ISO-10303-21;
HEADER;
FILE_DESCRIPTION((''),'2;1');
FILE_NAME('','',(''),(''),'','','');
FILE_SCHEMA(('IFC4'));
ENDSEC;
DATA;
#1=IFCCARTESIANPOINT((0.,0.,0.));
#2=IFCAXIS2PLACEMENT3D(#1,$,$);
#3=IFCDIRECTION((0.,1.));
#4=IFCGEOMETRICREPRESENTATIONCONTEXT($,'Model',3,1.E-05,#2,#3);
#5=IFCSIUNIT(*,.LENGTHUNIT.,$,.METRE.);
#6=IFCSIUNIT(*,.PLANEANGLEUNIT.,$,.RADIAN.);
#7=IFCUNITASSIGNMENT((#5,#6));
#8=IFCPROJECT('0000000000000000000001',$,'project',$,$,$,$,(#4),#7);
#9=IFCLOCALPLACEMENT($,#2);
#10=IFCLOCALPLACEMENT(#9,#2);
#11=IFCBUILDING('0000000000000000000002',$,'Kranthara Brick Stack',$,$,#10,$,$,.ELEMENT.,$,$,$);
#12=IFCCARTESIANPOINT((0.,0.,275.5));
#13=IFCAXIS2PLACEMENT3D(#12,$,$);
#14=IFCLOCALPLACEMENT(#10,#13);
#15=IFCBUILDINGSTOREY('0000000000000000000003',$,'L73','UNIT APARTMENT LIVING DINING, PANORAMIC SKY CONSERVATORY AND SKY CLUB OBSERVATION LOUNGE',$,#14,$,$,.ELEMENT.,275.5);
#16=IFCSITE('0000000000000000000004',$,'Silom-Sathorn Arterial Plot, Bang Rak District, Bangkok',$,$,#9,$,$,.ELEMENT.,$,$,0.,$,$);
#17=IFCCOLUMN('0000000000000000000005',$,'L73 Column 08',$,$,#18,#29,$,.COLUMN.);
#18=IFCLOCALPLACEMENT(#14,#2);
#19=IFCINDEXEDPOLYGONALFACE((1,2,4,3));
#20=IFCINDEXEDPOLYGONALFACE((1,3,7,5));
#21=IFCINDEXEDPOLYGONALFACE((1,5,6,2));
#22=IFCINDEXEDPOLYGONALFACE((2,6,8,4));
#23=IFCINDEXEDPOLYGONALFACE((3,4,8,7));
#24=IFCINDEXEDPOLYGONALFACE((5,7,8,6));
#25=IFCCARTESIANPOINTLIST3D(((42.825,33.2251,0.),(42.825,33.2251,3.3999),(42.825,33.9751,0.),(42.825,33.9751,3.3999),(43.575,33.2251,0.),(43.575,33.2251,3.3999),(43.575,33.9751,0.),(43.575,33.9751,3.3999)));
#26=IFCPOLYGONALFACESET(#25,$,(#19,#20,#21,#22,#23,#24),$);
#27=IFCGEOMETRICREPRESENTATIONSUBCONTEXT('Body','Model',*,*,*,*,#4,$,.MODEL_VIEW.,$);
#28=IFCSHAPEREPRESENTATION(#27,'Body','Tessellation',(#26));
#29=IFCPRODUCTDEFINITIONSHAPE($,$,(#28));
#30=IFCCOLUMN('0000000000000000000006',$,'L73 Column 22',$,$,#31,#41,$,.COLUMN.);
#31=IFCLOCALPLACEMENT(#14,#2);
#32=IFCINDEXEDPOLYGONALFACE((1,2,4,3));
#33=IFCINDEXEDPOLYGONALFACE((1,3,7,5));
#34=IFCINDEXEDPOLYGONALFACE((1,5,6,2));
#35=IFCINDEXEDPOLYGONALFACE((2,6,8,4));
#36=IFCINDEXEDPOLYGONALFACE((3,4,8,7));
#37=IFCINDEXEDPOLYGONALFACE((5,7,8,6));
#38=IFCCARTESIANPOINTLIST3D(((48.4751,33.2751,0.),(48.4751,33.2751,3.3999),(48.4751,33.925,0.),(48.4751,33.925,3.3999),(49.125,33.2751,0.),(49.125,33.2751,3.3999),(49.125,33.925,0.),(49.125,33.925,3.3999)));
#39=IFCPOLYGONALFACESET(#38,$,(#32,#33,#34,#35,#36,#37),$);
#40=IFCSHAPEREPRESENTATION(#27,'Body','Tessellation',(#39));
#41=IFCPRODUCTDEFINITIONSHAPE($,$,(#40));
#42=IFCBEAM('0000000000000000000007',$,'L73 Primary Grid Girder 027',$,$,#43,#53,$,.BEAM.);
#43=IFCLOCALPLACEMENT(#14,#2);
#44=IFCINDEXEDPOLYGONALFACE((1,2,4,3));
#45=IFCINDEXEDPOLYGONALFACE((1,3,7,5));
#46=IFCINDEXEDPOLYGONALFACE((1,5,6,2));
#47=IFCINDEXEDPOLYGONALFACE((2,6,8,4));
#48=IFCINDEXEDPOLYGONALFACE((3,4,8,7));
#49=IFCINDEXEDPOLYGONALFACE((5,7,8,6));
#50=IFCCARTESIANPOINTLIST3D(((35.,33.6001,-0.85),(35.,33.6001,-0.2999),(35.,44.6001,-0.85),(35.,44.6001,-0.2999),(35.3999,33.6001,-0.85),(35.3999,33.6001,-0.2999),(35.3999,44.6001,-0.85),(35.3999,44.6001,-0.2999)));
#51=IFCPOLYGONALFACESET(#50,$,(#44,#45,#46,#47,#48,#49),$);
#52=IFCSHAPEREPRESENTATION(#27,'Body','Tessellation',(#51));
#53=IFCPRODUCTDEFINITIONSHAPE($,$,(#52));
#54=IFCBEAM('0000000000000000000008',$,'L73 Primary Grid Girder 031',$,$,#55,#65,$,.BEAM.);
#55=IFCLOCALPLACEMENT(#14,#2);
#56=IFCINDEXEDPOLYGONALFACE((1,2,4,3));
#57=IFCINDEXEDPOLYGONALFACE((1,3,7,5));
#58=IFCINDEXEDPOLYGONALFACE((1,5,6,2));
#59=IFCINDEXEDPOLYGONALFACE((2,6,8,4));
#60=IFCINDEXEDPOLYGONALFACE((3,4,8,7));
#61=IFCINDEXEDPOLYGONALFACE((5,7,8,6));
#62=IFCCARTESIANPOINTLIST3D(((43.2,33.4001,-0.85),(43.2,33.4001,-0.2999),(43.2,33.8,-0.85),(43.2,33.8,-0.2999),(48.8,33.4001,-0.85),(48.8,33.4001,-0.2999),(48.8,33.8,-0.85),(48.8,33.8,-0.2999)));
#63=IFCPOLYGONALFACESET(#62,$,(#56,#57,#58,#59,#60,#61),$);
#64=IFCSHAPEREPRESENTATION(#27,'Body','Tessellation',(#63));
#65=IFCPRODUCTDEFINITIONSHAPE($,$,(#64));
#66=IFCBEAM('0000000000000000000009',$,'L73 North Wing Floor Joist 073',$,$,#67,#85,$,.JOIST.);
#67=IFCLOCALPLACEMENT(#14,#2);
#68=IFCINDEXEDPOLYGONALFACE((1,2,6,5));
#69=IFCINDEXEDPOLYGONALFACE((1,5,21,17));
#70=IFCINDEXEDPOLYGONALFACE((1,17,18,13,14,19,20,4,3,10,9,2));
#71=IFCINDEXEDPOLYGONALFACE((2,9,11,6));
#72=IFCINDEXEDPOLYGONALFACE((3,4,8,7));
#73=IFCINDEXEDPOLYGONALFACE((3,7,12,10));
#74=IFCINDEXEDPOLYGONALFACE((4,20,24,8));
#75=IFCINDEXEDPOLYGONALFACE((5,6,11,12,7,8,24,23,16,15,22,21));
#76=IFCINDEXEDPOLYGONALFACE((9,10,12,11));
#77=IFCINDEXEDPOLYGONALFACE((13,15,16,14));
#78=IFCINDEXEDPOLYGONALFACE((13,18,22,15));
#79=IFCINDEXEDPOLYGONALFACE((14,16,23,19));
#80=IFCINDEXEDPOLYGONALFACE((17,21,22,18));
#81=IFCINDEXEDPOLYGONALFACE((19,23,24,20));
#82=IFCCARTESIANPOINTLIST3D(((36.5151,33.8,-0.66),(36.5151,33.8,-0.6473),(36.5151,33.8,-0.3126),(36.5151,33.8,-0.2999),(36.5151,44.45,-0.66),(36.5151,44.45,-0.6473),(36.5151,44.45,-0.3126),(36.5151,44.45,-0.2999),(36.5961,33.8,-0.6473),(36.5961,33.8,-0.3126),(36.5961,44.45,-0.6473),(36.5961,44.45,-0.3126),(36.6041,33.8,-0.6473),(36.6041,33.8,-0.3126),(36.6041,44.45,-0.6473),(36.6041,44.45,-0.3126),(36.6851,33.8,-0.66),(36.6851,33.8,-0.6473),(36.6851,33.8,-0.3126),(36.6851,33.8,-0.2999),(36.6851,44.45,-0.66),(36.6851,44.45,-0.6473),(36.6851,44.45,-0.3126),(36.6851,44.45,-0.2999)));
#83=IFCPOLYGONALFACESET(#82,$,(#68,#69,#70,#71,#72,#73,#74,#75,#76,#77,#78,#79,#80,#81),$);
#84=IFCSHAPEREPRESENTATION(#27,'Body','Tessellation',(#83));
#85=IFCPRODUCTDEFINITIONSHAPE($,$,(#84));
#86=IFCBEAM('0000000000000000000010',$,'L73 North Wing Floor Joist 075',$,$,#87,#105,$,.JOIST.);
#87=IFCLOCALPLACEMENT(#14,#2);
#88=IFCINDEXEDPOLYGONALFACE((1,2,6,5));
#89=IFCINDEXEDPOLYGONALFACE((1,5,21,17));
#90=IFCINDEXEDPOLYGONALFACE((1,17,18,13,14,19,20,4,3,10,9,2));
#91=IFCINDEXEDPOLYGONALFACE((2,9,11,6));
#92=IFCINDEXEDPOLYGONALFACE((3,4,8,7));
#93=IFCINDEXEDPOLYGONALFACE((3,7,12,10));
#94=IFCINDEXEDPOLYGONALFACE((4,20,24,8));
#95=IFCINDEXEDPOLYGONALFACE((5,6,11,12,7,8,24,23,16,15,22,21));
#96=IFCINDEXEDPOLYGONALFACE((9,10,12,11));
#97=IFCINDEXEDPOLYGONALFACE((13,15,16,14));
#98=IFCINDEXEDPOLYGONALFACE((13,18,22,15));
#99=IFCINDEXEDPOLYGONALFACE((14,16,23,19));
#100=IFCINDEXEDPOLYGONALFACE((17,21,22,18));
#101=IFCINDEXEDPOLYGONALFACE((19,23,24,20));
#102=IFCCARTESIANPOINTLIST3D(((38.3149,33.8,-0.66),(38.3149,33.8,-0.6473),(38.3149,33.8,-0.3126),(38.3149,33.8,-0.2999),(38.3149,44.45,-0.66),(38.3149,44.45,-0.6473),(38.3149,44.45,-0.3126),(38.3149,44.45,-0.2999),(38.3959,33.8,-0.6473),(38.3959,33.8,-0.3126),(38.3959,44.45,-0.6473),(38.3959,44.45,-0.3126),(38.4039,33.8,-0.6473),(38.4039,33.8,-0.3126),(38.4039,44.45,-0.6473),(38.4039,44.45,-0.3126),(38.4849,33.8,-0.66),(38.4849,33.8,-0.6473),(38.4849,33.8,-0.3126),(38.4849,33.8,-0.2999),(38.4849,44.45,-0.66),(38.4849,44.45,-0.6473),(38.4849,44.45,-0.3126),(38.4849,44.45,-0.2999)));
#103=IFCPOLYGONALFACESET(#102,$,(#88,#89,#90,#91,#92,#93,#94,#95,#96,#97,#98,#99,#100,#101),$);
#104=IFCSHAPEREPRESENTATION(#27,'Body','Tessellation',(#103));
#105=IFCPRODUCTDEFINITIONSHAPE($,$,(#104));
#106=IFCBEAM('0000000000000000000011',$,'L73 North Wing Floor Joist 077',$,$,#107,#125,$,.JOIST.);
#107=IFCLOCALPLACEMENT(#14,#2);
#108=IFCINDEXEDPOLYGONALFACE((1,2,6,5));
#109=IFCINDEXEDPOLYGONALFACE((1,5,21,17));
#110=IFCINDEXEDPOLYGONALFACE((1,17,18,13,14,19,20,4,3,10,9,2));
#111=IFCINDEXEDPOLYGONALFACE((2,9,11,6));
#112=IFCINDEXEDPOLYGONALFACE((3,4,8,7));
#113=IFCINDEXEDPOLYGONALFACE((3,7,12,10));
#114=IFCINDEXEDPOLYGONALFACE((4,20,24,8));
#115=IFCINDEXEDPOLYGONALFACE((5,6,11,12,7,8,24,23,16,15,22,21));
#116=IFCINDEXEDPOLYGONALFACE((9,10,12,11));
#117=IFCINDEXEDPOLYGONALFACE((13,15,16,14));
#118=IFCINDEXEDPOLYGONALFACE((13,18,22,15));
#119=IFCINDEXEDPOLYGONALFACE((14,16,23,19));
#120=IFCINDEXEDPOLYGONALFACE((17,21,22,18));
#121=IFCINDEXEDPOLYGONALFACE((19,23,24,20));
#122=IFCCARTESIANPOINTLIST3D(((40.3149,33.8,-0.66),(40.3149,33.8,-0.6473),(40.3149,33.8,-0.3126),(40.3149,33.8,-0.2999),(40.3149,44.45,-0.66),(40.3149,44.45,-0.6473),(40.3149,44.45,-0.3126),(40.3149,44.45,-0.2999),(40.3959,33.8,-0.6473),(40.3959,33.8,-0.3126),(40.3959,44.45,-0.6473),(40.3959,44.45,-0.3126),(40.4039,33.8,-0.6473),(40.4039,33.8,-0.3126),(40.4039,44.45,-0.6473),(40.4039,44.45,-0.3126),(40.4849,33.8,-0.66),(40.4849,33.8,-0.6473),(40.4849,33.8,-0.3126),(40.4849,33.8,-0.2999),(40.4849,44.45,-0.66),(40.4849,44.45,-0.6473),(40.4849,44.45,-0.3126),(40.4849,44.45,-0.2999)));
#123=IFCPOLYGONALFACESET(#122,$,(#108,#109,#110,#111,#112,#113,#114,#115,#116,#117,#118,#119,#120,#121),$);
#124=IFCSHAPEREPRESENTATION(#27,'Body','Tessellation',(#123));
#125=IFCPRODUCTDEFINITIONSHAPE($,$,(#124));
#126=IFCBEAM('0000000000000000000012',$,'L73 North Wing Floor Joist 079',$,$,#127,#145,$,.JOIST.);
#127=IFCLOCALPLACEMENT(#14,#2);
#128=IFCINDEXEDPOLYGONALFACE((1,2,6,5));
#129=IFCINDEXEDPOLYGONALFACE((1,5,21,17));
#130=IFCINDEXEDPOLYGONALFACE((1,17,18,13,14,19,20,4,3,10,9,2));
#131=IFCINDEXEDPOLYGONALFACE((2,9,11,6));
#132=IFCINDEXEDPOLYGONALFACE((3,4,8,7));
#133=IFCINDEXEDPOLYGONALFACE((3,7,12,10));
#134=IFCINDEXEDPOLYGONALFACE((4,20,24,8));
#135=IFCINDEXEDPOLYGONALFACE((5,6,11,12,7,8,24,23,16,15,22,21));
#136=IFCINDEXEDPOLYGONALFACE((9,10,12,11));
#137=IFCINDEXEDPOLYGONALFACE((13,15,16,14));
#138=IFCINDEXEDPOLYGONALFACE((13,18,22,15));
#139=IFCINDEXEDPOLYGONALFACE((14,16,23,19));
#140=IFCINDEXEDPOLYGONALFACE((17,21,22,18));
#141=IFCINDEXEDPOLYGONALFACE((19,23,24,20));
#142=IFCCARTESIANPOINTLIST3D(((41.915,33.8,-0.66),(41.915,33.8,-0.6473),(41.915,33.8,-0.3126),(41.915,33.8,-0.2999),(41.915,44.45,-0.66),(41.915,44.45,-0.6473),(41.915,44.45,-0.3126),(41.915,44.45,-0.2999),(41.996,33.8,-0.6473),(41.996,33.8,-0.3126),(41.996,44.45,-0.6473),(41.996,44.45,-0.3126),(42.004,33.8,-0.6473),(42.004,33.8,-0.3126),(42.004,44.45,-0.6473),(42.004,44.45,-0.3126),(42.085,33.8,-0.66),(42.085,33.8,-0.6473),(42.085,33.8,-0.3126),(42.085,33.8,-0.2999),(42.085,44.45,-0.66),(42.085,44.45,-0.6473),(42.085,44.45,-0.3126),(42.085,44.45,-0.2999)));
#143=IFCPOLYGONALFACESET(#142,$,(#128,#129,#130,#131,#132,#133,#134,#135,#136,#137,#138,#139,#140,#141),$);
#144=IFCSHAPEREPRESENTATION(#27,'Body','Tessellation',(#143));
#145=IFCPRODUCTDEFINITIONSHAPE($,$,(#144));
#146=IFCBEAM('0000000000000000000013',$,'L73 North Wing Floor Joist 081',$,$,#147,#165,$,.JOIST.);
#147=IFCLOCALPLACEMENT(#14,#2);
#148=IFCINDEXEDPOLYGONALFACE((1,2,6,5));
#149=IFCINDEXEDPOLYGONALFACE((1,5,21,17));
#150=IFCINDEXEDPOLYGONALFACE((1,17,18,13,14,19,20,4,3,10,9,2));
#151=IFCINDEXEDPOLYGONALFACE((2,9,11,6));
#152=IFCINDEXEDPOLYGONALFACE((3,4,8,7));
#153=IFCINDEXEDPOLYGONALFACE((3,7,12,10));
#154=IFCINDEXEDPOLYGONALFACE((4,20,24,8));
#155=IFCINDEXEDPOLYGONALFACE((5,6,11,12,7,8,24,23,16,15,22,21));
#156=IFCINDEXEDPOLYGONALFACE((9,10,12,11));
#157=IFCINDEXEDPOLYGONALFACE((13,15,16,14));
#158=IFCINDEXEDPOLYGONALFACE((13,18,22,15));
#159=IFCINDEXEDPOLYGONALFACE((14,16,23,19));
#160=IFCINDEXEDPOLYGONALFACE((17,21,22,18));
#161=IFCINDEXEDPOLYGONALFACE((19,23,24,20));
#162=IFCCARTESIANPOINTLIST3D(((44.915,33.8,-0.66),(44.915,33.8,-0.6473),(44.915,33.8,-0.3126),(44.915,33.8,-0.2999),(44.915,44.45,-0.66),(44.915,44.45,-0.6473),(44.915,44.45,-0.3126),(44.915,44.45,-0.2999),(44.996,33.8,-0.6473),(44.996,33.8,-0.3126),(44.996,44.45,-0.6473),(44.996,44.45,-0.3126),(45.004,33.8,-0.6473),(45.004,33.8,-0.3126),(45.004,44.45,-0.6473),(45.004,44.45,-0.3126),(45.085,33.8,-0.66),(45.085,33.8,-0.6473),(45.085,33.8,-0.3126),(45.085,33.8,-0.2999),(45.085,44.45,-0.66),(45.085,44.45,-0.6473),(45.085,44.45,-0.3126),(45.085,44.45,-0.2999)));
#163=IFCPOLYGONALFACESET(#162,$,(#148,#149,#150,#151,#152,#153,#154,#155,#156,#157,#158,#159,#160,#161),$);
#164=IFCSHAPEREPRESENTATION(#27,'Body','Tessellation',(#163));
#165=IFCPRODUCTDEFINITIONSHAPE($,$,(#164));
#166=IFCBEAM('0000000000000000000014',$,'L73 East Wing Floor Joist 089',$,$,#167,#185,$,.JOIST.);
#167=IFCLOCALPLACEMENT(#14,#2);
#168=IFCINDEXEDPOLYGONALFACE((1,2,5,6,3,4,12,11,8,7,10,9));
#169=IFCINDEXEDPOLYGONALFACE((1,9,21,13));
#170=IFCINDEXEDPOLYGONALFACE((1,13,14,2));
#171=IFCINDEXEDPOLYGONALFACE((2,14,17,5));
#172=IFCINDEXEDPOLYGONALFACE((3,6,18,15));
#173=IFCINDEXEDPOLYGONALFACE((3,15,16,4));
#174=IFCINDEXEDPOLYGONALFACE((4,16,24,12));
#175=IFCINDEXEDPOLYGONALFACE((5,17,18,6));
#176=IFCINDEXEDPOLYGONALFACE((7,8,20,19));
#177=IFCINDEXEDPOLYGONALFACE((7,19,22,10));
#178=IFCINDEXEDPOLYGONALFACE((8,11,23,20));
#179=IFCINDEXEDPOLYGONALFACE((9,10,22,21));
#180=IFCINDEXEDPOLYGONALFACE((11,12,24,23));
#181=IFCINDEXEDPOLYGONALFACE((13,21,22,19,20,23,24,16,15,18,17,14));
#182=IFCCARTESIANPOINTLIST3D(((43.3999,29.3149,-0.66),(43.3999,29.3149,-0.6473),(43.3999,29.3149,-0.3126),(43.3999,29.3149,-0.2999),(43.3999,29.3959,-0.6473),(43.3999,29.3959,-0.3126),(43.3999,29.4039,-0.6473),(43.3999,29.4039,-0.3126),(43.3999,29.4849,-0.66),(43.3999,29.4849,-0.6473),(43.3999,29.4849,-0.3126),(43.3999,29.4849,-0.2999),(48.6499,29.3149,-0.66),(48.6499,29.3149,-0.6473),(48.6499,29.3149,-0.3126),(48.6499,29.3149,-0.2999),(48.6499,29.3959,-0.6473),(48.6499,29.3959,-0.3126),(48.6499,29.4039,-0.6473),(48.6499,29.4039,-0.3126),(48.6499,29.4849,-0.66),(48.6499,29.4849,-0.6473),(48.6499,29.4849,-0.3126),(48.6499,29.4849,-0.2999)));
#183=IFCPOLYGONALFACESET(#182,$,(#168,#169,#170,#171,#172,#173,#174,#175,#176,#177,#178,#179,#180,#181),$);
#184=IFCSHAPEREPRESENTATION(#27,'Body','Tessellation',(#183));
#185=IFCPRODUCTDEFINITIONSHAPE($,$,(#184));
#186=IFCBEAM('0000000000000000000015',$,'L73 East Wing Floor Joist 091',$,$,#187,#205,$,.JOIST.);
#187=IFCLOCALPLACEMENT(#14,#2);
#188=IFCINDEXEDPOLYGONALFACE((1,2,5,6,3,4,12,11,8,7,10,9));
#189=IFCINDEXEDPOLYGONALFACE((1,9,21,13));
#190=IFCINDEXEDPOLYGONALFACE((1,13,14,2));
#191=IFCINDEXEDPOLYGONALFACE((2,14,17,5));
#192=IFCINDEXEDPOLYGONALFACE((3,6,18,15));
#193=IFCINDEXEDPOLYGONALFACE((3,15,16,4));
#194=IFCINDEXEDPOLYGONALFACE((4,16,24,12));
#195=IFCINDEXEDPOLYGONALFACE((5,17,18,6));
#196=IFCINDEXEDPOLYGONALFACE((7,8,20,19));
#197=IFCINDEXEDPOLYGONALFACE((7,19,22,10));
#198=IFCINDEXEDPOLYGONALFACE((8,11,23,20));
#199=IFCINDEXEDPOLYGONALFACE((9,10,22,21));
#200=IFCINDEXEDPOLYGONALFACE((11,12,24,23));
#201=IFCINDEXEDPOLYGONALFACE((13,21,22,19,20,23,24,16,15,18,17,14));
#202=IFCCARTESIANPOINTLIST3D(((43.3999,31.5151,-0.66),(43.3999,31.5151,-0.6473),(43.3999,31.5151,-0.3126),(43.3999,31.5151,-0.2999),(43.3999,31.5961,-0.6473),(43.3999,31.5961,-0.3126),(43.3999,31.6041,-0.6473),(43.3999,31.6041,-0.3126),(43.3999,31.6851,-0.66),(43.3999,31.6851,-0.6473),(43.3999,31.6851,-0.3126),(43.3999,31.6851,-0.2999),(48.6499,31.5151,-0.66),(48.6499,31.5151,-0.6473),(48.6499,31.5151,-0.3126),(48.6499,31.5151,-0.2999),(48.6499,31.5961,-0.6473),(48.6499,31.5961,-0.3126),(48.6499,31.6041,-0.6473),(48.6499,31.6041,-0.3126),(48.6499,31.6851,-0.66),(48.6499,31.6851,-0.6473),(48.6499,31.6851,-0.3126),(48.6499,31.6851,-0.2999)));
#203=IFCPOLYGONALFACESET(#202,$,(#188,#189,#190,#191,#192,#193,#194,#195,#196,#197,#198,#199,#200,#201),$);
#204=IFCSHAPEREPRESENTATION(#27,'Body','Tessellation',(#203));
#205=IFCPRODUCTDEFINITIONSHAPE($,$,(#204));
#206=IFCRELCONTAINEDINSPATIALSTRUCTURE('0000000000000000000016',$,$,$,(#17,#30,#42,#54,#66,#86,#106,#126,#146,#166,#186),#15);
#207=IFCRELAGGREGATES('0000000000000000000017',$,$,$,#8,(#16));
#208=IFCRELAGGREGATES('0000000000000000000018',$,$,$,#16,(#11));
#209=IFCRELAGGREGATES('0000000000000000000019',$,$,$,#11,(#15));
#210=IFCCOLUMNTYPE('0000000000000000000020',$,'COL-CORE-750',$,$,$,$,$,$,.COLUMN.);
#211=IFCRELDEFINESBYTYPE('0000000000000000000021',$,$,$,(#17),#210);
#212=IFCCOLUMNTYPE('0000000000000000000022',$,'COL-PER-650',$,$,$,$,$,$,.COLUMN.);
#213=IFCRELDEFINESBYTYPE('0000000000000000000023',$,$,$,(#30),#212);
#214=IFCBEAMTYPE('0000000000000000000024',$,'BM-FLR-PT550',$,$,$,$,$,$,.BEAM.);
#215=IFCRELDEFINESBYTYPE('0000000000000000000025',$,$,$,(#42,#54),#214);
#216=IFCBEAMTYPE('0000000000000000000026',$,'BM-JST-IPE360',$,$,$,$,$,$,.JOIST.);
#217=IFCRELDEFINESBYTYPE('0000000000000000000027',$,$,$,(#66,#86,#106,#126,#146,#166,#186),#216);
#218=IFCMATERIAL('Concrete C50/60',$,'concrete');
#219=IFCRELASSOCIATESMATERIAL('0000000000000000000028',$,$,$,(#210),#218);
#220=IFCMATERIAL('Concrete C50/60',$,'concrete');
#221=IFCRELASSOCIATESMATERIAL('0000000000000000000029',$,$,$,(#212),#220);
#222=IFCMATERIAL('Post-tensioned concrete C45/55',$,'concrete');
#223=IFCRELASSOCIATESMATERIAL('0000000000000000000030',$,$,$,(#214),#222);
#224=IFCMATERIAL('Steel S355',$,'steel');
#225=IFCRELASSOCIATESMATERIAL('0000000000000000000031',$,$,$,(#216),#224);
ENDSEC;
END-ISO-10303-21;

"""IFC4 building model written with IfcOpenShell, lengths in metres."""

from ifc_helpers import new_model, si_unit, direction, frame, origin, origin_2d, place, context, subcontext, project, spatial, rectangle, i_section, extrude, material, material_profile, profile_set, type_object, element, save


model = new_model("IFC4")

# Units and contexts
model_context = context("Model", 3, precision=1e-05, world=origin(), true_north=direction((0.0, 1.0)))
body_context = subcontext(model_context, "Body", "Model", "MODEL_VIEW")
ifc_project = project(units=[si_unit("LENGTHUNIT", "METRE"), si_unit("PLANEANGLEUNIT", "RADIAN")], contexts=[model_context])

# Site, building, storey
site_placement = place(None, origin())
site = spatial("IfcSite", under=ifc_project, at=site_placement, Name="Silom-Sathorn Arterial Plot, Bang Rak District, Bangkok", CompositionType="ELEMENT", RefElevation=0.0)
building_placement = place(site_placement, origin())
building = spatial("IfcBuilding", under=site, at=building_placement, Name="Kranthara Brick Stack", CompositionType="ELEMENT")
storey_placement = place(building_placement, frame((0.0, 0.0, 275.5)))
storey = spatial("IfcBuildingStorey", under=building, at=storey_placement, Name="L73", Description="UNIT APARTMENT LIVING DINING, PANORAMIC SKY CONSERVATORY AND SKY CLUB OBSERVATION LOUNGE", CompositionType="ELEMENT", Elevation=275.5)

# Columns
ifc_material_1 = material(Name="Concrete C50/60", Category="concrete")
ifc_material_profile_1 = material_profile(ifc_material_1, rectangle(XDim=0.75, YDim=0.75, at=origin_2d()), Name="RC 750x750")
ifc_profile_set_1 = profile_set([ifc_material_profile_1], Name="Concrete C50/60")
column_type_1 = type_object("IfcColumnType", Name="COL-CORE-750", PredefinedType="COLUMN", material=ifc_profile_set_1)
column_1_placement = place(storey_placement, frame((43.2, 33.6001, 0.0), z_axis=(0.0, 0.0, 1.0), x_axis=(1.0, 0.0, 0.0)))
element("IfcColumn", 1, at=column_1_placement, inside=storey, type_object=column_type_1, Name="L73 Column 08", PredefinedType="COLUMN", context=body_context, shape_type="SweptSolid", body=[
    extrude(rectangle(XDim=0.75, YDim=0.75, at=origin_2d()), origin(), (0.0, 0.0, 1.0), 3.3999),
])
ifc_material_2 = material(Name="Concrete C50/60", Category="concrete")
ifc_material_profile_2 = material_profile(ifc_material_2, rectangle(XDim=0.6499, YDim=0.6499, at=origin_2d()), Name="RC 650x650")
ifc_profile_set_2 = profile_set([ifc_material_profile_2], Name="Concrete C50/60")
column_type_2 = type_object("IfcColumnType", Name="COL-PER-650", PredefinedType="COLUMN", material=ifc_profile_set_2)
column_2_placement = place(storey_placement, frame((48.8, 33.6001, 0.0), z_axis=(0.0, 0.0, 1.0), x_axis=(1.0, 0.0, 0.0)))
element("IfcColumn", 2, at=column_2_placement, inside=storey, type_object=column_type_2, Name="L73 Column 22", PredefinedType="COLUMN", context=body_context, shape_type="SweptSolid", body=[
    extrude(rectangle(XDim=0.6499, YDim=0.6499, at=origin_2d()), origin(), (0.0, 0.0, 1.0), 3.3999),
])

# Beams
ifc_material_3 = material(Name="Post-tensioned concrete C45/55", Category="concrete")
ifc_material_profile_3 = material_profile(ifc_material_3, rectangle(XDim=0.3999, YDim=0.55, at=origin_2d()), Name="PT 400x550")
ifc_profile_set_3 = profile_set([ifc_material_profile_3], Name="Post-tensioned concrete C45/55")
beam_type_1 = type_object("IfcBeamType", Name="BM-FLR-PT550", PredefinedType="BEAM", material=ifc_profile_set_3)
beam_1_placement = place(storey_placement, frame((35.2, 33.6001, -0.575), z_axis=(0.0, 1.0, 0.0), x_axis=(-1.0, 0.0, 0.0)))
element("IfcBeam", 3, at=beam_1_placement, inside=storey, type_object=beam_type_1, Name="L73 Primary Grid Girder 027", PredefinedType="BEAM", context=body_context, shape_type="SweptSolid", body=[
    extrude(rectangle(XDim=0.3999, YDim=0.55, at=origin_2d()), origin(), (0.0, 0.0, 1.0), 11.0),
])
beam_2_placement = place(storey_placement, frame((43.2, 33.6001, -0.575), z_axis=(1.0, 0.0, 0.0), x_axis=(0.0, 1.0, 0.0)))
element("IfcBeam", 4, at=beam_2_placement, inside=storey, type_object=beam_type_1, Name="L73 Primary Grid Girder 031", PredefinedType="BEAM", context=body_context, shape_type="SweptSolid", body=[
    extrude(rectangle(XDim=0.3999, YDim=0.55, at=origin_2d()), origin(), (0.0, 0.0, 1.0), 5.6001),
])
ifc_material_4 = material(Name="Steel S355", Category="steel")
ifc_material_profile_4 = material_profile(ifc_material_4, i_section(OverallWidth=0.1699, OverallDepth=0.3601, WebThickness=0.0081, FlangeThickness=0.0127, at=origin_2d()), Name="IPE 360")
ifc_profile_set_4 = profile_set([ifc_material_profile_4], Name="Steel S355")
beam_type_2 = type_object("IfcBeamType", Name="BM-JST-IPE360", PredefinedType="JOIST", material=ifc_profile_set_4)
for number, where, z_axis, x_axis, name in (
    (5, (36.6001, 33.8, -0.48), (0.0, 1.0, 0.0), (-1.0, 0.0, 0.0), "L73 North Wing Floor Joist 073"),
    (6, (38.3999, 33.8, -0.48), (0.0, 1.0, 0.0), (-1.0, 0.0, 0.0), "L73 North Wing Floor Joist 075"),
    (7, (40.3999, 33.8, -0.48), (0.0, 1.0, 0.0), (-1.0, 0.0, 0.0), "L73 North Wing Floor Joist 077"),
    (8, (42.0, 33.8, -0.48), (0.0, 1.0, 0.0), (-1.0, 0.0, 0.0), "L73 North Wing Floor Joist 079"),
    (9, (45.0, 33.8, -0.48), (0.0, 1.0, 0.0), (-1.0, 0.0, 0.0), "L73 North Wing Floor Joist 081"),
):
    element("IfcBeam", number, at=place(storey_placement, frame(where, z_axis=z_axis, x_axis=x_axis)), inside=storey, type_object=beam_type_2, Name=name, PredefinedType="JOIST", context=body_context, shape_type="SweptSolid", body=[
        extrude(i_section(OverallWidth=0.1699, OverallDepth=0.3601, WebThickness=0.0081, FlangeThickness=0.0127, at=origin_2d()), origin(), (0.0, 0.0, 1.0), 10.6499),
    ])
for number, where, z_axis, x_axis, name in (
    (10, (43.3999, 29.3999, -0.48), (1.0, 0.0, 0.0), (0.0, 1.0, 0.0), "L73 East Wing Floor Joist 089"),
    (11, (43.3999, 31.6001, -0.48), (1.0, 0.0, 0.0), (0.0, 1.0, 0.0), "L73 East Wing Floor Joist 091"),
):
    element("IfcBeam", number, at=place(storey_placement, frame(where, z_axis=z_axis, x_axis=x_axis)), inside=storey, type_object=beam_type_2, Name=name, PredefinedType="JOIST", context=body_context, shape_type="SweptSolid", body=[
        extrude(i_section(OverallWidth=0.1699, OverallDepth=0.3601, WebThickness=0.0081, FlangeThickness=0.0127, at=origin_2d()), origin(), (0.0, 0.0, 1.0), 5.25),
    ])

save(model, "model.ifc")
